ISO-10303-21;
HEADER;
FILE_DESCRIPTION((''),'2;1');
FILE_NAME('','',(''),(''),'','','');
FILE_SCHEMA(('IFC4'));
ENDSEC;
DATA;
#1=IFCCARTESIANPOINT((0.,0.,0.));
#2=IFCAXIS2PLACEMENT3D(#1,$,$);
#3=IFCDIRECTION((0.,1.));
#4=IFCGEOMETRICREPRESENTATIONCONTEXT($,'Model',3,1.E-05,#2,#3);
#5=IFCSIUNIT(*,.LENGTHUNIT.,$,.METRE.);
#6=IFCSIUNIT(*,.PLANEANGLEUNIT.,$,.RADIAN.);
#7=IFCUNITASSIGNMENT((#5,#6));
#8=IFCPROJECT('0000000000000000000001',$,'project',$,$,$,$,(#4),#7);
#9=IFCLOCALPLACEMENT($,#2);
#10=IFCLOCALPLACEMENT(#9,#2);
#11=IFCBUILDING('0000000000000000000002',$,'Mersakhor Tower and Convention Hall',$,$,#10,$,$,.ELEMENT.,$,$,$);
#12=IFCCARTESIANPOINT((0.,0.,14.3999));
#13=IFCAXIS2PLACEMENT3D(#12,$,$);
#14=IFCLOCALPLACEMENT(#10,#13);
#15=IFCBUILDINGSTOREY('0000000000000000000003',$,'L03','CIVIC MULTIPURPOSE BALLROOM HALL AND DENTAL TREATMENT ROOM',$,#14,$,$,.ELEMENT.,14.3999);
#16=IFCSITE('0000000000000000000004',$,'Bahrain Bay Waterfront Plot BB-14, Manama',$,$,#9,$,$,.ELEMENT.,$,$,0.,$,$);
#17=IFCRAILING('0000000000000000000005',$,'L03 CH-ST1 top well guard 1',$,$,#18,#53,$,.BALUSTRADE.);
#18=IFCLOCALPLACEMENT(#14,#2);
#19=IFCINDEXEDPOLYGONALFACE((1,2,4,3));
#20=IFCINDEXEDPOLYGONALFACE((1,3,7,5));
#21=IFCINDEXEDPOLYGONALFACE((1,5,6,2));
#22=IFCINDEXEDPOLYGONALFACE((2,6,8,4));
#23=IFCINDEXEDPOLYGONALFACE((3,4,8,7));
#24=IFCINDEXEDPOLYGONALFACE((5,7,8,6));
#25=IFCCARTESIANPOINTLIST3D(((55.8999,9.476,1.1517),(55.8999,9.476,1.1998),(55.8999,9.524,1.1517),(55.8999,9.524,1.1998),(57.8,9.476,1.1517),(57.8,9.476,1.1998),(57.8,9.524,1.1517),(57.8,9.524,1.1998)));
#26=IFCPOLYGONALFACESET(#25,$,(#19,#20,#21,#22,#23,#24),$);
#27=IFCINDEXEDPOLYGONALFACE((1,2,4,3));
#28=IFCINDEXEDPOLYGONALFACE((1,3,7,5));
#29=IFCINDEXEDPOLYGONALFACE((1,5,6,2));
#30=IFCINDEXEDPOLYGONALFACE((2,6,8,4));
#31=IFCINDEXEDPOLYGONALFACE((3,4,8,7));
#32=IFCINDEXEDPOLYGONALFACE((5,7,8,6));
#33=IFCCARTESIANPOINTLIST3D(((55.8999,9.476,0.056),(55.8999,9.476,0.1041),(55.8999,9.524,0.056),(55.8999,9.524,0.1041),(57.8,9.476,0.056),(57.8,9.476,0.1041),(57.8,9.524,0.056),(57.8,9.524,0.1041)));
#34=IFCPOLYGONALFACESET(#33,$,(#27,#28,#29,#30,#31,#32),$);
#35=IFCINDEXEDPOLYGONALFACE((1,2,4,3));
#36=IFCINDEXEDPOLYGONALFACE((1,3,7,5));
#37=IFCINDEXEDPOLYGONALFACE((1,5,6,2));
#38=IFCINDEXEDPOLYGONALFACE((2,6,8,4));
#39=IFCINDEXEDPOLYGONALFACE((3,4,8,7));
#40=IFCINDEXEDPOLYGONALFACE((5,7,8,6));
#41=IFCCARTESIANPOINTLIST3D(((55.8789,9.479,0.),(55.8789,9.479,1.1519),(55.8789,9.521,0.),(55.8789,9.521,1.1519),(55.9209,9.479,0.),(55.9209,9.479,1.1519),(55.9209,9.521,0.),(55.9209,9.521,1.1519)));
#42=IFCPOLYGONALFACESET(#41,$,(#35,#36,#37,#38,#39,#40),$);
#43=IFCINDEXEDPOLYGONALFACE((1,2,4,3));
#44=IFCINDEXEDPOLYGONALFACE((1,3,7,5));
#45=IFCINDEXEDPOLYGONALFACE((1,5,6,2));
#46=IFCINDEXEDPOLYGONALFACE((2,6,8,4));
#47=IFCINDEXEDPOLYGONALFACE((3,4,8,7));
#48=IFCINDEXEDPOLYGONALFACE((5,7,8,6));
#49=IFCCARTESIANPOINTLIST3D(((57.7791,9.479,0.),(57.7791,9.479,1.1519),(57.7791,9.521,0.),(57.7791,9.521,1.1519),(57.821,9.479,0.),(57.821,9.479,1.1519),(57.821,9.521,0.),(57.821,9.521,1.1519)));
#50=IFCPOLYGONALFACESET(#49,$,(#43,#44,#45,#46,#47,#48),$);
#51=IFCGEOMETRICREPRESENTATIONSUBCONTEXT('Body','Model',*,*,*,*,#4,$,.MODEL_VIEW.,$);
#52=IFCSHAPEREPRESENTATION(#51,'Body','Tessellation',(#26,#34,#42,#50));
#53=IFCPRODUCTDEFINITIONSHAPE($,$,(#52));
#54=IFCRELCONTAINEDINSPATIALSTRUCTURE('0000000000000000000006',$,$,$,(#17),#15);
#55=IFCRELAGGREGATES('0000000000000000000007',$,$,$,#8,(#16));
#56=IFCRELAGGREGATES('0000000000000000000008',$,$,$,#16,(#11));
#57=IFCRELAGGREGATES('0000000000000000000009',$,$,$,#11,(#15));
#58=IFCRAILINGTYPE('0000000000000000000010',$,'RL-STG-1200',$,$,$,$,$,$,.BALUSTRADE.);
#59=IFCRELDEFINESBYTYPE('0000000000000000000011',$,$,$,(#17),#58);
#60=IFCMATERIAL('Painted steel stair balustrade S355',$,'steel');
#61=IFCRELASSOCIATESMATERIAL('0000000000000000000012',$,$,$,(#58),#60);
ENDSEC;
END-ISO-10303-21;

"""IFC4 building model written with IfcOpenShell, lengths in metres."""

from ifc_helpers import new_model, si_unit, direction, frame, origin, origin_2d, place, context, subcontext, project, spatial, rectangle, extrude, material, type_object, element, save


model = new_model("IFC4")

# Units and contexts
model_context = context("Model", 3, precision=1e-05, world=origin(), true_north=direction((0.0, 1.0)))
body_context = subcontext(model_context, "Body", "Model", "MODEL_VIEW")
ifc_project = project(units=[si_unit("LENGTHUNIT", "METRE"), si_unit("PLANEANGLEUNIT", "RADIAN")], contexts=[model_context])

# Site, building, storey
site_placement = place(None, origin())
site = spatial("IfcSite", under=ifc_project, at=site_placement, Name="Bahrain Bay Waterfront Plot BB-14, Manama", CompositionType="ELEMENT", RefElevation=0.0)
building_placement = place(site_placement, origin())
building = spatial("IfcBuilding", under=site, at=building_placement, Name="Mersakhor Tower and Convention Hall", CompositionType="ELEMENT")
storey_placement = place(building_placement, frame((0.0, 0.0, 14.3999)))
storey = spatial("IfcBuildingStorey", under=building, at=storey_placement, Name="L03", Description="CIVIC MULTIPURPOSE BALLROOM HALL AND DENTAL TREATMENT ROOM", CompositionType="ELEMENT", Elevation=14.3999)

# Railing
ifc_material_1 = material(Name="Painted steel stair balustrade S355", Category="steel")
railing_type = type_object("IfcRailingType", Name="RL-STG-1200", PredefinedType="BALUSTRADE", material=ifc_material_1)
railing_placement = place(storey_placement, frame((55.8999, 9.5, 0.0)))
element("IfcRailing", 1, at=railing_placement, inside=storey, type_object=railing_type, Name="L03 CH-ST1 top well guard 1", PredefinedType="BALUSTRADE", context=body_context, shape_type="SweptSolid", body=[
    extrude(rectangle(XDim=0.0481, YDim=0.0481, at=origin_2d()), frame((0.0, 0.0, 1.1758), z_axis=(1.0, 0.0, 0.0), x_axis=(0.0, 1.0, 0.0)), (0.0, 0.0, 1.0), 1.9001),
    extrude(rectangle(XDim=0.0481, YDim=0.0481, at=origin_2d()), frame((0.0, 0.0, 0.0801), z_axis=(1.0, 0.0, 0.0), x_axis=(0.0, 1.0, 0.0)), (0.0, 0.0, 1.0), 1.9001),
    extrude(rectangle(XDim=0.042, YDim=0.042, at=origin_2d()), origin(), (0.0, 0.0, 1.0), 1.1519),
    extrude(rectangle(XDim=0.042, YDim=0.042, at=origin_2d()), frame((1.9001, 0.0, 0.0)), (0.0, 0.0, 1.0), 1.1519),
])

save(model, "model.ifc")
